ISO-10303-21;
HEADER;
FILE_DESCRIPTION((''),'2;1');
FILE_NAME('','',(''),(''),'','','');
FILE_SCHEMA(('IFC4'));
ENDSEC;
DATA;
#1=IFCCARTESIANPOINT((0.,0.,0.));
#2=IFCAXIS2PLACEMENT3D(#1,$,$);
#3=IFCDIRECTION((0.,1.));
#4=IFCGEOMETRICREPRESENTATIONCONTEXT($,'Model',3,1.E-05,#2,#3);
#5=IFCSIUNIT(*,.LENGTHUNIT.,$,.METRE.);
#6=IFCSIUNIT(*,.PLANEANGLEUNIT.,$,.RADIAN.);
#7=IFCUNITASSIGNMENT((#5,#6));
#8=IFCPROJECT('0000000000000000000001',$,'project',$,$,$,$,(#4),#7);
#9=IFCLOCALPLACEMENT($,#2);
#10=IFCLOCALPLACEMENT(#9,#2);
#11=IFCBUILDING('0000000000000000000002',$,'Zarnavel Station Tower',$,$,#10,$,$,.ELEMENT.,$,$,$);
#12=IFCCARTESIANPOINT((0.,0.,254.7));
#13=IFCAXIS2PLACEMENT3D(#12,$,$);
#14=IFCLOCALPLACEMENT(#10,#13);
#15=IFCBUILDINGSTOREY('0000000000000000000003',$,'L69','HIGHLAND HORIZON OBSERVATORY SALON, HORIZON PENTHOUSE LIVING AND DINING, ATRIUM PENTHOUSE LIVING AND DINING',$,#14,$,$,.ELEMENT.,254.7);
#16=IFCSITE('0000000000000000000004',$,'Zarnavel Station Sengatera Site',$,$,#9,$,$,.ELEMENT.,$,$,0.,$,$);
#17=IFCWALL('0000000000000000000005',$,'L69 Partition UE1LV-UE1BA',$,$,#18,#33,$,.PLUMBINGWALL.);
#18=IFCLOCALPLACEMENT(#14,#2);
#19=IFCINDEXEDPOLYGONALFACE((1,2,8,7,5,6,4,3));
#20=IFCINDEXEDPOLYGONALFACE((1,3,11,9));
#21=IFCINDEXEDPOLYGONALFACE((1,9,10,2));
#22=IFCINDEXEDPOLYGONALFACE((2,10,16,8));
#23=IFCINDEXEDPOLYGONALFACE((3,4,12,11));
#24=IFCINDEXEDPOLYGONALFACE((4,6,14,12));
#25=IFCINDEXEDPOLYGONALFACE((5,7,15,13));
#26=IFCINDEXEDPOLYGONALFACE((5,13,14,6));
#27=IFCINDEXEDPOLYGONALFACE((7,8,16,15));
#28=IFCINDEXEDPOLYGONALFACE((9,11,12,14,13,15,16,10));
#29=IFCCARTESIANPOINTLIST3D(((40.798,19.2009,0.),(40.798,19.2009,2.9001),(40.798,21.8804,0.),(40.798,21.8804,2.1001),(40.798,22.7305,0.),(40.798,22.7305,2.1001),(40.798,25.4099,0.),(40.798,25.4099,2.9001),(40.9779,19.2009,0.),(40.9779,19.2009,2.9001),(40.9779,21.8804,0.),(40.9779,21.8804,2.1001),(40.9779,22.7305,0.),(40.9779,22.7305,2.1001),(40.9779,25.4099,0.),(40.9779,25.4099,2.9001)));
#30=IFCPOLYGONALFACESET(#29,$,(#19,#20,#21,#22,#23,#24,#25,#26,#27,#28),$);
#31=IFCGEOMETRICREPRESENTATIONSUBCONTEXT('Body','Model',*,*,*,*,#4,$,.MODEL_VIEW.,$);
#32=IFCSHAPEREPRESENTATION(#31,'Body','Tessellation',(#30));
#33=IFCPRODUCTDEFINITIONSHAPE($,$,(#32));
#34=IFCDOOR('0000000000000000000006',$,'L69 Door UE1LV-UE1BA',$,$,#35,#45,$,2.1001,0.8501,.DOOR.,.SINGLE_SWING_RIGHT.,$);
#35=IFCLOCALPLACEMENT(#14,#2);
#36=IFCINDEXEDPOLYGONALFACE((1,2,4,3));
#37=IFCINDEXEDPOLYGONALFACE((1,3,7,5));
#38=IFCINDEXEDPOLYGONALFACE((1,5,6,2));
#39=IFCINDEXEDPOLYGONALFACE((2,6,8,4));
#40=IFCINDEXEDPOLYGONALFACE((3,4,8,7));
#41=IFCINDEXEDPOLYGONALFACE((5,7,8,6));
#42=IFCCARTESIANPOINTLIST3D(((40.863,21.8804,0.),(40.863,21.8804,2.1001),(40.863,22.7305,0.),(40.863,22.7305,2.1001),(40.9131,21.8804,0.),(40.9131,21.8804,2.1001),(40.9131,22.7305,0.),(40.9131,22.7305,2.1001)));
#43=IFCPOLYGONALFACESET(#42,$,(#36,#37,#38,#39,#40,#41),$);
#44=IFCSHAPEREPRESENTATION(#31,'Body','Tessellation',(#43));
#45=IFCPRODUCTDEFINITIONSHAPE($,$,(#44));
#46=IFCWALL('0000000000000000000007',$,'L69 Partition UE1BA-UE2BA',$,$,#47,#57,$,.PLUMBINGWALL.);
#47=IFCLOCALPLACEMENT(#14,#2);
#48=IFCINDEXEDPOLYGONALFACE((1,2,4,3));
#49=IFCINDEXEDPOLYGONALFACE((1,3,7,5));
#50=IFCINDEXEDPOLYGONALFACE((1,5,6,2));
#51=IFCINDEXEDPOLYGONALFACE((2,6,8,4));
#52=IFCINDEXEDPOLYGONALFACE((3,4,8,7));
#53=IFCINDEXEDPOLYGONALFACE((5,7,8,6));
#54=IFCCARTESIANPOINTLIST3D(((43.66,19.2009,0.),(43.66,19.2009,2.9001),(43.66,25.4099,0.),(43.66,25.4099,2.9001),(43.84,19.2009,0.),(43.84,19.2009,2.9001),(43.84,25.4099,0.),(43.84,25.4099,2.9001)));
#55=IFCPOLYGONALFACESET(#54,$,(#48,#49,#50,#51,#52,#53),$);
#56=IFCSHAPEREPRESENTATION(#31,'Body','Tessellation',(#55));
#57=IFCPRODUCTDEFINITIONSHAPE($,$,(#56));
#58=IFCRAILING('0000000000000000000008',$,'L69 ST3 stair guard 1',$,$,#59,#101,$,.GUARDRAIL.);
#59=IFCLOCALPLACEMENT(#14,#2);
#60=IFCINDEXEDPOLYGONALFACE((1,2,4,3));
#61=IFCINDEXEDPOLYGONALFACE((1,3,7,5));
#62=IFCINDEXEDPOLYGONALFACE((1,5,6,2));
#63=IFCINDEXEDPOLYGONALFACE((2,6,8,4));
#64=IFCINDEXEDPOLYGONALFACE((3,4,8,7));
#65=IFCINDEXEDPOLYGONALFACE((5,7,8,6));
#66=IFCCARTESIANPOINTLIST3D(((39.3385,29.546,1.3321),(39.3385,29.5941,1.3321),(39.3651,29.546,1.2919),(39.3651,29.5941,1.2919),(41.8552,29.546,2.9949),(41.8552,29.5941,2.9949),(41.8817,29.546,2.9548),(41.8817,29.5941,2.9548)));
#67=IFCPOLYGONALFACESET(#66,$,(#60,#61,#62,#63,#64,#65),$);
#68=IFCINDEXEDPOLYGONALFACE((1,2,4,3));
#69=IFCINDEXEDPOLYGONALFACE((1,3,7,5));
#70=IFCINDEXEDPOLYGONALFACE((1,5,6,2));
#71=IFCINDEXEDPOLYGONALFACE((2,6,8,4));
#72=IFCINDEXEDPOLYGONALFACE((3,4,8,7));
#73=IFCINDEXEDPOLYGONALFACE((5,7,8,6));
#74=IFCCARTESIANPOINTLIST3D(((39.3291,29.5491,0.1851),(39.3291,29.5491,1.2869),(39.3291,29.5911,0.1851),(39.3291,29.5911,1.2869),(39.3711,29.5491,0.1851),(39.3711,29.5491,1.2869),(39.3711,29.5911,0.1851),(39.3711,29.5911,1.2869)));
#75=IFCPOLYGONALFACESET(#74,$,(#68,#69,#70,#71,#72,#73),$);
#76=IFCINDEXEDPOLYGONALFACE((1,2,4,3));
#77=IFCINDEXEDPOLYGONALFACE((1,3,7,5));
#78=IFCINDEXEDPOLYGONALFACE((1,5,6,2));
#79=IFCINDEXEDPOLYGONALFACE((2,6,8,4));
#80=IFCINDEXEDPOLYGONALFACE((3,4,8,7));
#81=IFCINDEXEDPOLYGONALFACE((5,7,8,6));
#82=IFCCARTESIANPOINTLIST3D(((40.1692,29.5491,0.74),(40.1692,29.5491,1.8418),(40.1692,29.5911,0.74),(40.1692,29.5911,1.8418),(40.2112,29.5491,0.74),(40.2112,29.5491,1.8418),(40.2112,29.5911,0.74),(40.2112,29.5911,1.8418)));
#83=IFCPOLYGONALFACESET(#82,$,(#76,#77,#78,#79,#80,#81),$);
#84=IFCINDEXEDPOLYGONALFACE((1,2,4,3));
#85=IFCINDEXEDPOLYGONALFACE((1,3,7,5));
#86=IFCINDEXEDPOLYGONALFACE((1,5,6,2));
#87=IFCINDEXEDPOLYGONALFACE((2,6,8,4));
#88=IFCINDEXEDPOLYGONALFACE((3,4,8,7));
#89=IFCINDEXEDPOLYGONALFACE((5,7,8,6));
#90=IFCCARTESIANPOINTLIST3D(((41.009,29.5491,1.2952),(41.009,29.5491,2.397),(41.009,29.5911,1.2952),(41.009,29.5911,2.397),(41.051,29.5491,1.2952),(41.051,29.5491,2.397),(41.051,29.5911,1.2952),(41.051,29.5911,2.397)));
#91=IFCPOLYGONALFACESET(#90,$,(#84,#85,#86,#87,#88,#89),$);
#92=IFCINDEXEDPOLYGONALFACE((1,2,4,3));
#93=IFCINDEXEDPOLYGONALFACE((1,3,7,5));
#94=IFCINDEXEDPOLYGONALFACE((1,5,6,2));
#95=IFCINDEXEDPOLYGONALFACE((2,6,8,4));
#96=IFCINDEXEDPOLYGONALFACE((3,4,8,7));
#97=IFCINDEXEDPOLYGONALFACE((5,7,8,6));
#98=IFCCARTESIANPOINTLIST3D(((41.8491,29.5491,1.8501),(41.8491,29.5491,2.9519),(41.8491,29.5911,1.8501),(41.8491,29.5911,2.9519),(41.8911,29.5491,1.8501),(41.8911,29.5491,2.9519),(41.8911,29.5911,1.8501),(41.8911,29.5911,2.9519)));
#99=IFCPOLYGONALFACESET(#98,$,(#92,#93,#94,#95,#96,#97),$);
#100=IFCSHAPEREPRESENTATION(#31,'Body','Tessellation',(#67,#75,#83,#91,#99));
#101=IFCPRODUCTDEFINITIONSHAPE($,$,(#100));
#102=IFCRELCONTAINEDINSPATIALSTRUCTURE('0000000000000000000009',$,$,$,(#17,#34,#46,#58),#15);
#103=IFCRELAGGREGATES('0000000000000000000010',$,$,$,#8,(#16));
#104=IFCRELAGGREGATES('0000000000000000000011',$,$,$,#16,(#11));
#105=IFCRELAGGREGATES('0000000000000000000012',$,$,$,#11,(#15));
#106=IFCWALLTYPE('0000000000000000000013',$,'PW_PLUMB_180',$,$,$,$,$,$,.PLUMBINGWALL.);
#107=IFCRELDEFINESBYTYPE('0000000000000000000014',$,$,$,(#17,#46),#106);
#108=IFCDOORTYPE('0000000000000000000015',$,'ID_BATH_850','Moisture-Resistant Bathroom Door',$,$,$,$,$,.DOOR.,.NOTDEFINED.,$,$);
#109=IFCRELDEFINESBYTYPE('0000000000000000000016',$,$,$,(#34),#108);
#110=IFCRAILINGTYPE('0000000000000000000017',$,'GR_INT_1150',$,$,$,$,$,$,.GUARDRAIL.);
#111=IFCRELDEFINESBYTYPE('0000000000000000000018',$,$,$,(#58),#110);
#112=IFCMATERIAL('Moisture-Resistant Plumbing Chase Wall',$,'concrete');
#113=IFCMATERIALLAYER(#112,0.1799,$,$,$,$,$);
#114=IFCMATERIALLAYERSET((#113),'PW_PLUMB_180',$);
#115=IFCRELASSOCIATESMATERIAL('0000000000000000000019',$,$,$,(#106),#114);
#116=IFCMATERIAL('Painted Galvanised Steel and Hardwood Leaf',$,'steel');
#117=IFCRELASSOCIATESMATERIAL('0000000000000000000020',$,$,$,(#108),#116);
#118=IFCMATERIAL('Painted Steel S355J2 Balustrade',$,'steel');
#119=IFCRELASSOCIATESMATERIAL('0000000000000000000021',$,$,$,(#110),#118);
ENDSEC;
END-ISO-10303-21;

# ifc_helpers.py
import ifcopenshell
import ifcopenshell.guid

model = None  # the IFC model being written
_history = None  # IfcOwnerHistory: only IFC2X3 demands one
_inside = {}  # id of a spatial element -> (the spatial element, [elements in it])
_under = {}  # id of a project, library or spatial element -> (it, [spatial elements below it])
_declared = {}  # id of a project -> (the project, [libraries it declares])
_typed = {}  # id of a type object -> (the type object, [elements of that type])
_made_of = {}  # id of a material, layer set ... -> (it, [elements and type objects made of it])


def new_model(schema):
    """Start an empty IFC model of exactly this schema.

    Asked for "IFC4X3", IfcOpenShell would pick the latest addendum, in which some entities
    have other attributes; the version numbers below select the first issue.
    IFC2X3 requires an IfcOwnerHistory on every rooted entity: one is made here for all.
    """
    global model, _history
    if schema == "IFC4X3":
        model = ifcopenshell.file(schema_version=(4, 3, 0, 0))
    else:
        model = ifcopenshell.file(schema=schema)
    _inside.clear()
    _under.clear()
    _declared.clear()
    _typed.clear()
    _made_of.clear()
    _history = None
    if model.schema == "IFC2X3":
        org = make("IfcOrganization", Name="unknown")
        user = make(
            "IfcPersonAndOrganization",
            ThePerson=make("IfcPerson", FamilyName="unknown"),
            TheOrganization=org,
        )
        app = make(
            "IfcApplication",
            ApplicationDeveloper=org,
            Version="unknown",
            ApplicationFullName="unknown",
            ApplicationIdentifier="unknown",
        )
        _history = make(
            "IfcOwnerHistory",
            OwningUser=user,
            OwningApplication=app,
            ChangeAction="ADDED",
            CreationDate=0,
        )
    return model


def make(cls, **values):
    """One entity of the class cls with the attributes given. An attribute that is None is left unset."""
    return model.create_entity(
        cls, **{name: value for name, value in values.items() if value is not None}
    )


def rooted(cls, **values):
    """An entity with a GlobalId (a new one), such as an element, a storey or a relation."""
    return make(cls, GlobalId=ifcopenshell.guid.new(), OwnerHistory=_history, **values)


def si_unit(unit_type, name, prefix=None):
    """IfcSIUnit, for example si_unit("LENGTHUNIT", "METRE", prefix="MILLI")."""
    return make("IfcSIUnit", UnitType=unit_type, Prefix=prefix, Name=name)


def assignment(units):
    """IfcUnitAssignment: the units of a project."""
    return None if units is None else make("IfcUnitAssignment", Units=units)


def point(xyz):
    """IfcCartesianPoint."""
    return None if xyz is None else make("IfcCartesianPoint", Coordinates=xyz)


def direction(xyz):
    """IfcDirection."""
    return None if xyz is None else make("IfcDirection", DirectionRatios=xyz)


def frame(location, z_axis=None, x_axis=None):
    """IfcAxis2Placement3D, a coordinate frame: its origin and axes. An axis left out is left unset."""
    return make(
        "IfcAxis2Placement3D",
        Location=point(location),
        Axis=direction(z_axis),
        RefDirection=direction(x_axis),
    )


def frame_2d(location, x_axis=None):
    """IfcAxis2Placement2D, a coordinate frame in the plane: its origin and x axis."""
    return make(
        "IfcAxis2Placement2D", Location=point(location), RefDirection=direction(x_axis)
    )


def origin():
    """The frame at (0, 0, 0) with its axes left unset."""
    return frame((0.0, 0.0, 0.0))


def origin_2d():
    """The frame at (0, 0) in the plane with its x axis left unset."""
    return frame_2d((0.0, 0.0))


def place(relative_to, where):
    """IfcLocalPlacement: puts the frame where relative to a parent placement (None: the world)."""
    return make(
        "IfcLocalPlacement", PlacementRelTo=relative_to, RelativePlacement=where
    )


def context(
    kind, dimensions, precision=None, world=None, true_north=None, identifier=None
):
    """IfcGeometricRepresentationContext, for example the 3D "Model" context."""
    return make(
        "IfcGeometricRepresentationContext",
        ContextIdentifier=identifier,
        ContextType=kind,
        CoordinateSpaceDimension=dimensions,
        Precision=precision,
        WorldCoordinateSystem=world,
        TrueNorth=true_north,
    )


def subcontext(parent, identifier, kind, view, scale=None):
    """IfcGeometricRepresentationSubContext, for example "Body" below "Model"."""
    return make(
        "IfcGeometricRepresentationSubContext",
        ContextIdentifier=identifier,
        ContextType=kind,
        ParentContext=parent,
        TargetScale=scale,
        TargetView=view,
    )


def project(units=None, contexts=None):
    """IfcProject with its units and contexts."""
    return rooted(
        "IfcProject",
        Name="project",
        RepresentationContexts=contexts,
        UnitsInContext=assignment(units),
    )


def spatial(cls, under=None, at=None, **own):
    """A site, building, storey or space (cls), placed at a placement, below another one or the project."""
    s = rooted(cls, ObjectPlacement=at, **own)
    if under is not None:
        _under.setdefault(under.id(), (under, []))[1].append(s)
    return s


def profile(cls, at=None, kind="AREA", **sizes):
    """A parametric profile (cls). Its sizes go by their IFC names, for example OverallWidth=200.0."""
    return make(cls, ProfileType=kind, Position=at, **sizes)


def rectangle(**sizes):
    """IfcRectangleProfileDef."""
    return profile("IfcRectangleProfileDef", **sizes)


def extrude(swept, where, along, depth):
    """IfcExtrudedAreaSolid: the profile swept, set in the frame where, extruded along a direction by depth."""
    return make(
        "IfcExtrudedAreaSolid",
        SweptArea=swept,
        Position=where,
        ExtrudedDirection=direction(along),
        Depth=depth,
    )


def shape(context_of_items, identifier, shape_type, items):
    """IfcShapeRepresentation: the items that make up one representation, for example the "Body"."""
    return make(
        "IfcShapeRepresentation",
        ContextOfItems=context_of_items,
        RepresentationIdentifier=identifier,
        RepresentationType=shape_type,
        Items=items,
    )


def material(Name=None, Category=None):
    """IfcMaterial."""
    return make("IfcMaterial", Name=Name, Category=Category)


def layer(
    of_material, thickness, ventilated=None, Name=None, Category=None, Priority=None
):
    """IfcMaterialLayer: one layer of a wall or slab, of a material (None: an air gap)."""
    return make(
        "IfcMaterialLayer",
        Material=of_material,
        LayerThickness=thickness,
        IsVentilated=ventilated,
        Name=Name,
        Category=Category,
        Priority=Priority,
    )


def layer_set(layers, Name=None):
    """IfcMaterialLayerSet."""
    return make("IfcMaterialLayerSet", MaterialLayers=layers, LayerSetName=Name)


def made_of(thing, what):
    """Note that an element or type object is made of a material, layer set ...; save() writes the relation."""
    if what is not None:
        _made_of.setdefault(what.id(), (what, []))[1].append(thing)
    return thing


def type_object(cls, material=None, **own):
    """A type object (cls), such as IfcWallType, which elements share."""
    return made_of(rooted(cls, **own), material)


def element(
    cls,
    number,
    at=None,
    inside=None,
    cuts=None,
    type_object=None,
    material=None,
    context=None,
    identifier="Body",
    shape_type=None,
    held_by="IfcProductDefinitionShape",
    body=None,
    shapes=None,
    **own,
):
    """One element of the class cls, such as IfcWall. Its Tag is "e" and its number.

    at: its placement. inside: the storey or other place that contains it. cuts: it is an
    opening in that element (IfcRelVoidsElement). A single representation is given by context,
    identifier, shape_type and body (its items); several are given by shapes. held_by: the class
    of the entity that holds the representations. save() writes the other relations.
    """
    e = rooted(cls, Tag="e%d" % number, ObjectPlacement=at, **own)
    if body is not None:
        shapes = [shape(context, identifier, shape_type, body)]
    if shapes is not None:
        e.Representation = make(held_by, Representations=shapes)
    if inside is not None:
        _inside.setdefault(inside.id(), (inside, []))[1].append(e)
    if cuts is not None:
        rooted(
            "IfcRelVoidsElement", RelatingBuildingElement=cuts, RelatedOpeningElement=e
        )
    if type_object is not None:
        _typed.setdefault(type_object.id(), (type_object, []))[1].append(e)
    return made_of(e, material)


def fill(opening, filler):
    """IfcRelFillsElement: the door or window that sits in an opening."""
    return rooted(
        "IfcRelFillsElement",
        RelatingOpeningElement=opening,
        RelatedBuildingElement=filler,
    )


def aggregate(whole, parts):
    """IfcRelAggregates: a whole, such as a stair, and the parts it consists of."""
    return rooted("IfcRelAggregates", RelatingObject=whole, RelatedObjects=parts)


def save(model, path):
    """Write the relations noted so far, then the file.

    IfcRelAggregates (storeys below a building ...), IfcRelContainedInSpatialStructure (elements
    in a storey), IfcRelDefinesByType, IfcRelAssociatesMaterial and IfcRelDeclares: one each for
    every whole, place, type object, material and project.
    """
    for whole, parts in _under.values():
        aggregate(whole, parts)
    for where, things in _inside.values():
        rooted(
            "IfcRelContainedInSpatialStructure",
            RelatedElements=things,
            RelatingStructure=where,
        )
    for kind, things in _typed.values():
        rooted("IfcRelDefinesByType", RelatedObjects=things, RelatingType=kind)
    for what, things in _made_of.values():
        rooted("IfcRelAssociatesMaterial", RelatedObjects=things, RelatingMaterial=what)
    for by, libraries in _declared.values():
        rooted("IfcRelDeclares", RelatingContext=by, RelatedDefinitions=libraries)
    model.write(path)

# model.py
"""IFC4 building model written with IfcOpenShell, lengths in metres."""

from ifc_helpers import new_model, si_unit, direction, frame, frame_2d, origin, origin_2d, place, context, subcontext, project, spatial, rectangle, extrude, material, layer, layer_set, type_object, element, fill, save


model = new_model("IFC4")

# Units and contexts
model_context = context("Model", 3, precision=1e-05, world=origin(), true_north=direction((0.0, 1.0)))
body_context = subcontext(model_context, "Body", "Model", "MODEL_VIEW")
ifc_project = project(units=[si_unit("LENGTHUNIT", "METRE"), si_unit("PLANEANGLEUNIT", "RADIAN")], contexts=[model_context])

# Site, building, storey
site_placement = place(None, origin())
site = spatial("IfcSite", under=ifc_project, at=site_placement, Name="Zarnavel Station Sengatera Site", CompositionType="ELEMENT", RefElevation=0.0)
building_placement = place(site_placement, origin())
building = spatial("IfcBuilding", under=site, at=building_placement, Name="Zarnavel Station Tower", CompositionType="ELEMENT")
storey_placement = place(building_placement, frame((0.0, 0.0, 254.7)))
storey = spatial("IfcBuildingStorey", under=building, at=storey_placement, Name="L69", Description="HIGHLAND HORIZON OBSERVATORY SALON, HORIZON PENTHOUSE LIVING AND DINING, ATRIUM PENTHOUSE LIVING AND DINING", CompositionType="ELEMENT", Elevation=254.7)

# Shared definitions
ifc_material_1 = material(Name="Moisture-Resistant Plumbing Chase Wall", Category="concrete")
ifc_layer_1 = layer(ifc_material_1, 0.1799)
ifc_layer_set_1 = layer_set([ifc_layer_1], Name="PW_PLUMB_180")
wall_type_1 = type_object("IfcWallType", Name="PW_PLUMB_180", PredefinedType="PLUMBINGWALL", material=ifc_layer_set_1)

# Wall, opening, door
wall_1_placement = place(storey_placement, frame((40.8879, 19.2009, 0.0), z_axis=(0.0, 0.0, 1.0), x_axis=(0.0, 1.0, 0.0)))
wall_1 = element("IfcWall", 1, at=wall_1_placement, inside=storey, type_object=wall_type_1, Name="L69 Partition UE1LV-UE1BA", PredefinedType="PLUMBINGWALL", context=body_context, shape_type="SweptSolid", body=[
    extrude(rectangle(XDim=6.209, YDim=0.1799, at=frame_2d((3.1045, 0.0))), origin(), (0.0, 0.0, 1.0), 2.9001),
])
opening_1_placement = place(wall_1_placement, frame((2.6794, 0.0, 0.0)))
opening_1 = element("IfcOpeningElement", 2, at=opening_1_placement, cuts=wall_1, PredefinedType="OPENING", context=body_context, shape_type="SweptSolid", body=[
    extrude(rectangle(XDim=0.8501, YDim=2.1001, at=frame_2d((0.425, 1.05))), frame((0.0, 0.0999, 0.0), z_axis=(0.0, -1.0, 0.0), x_axis=(1.0, 0.0, 0.0)), (0.0, 0.0, 1.0), 0.2),
])
ifc_material_2 = material(Name="Painted Galvanised Steel and Hardwood Leaf", Category="steel")
door_type_1 = type_object("IfcDoorType", Name="ID_BATH_850", Description="Moisture-Resistant Bathroom Door", OperationType="NOTDEFINED", PredefinedType="DOOR", material=ifc_material_2)
door_1_placement = place(opening_1_placement, origin())
door_1 = element("IfcDoor", 3, at=door_1_placement, inside=storey, type_object=door_type_1, Name="L69 Door UE1LV-UE1BA", OperationType="SINGLE_SWING_RIGHT", OverallHeight=2.1001, OverallWidth=0.8501, PredefinedType="DOOR", context=body_context, shape_type="SweptSolid", body=[
    extrude(rectangle(XDim=0.8501, YDim=2.1001, at=frame_2d((0.425, 1.05))), frame((0.0, 0.0249, 0.0), z_axis=(0.0, -1.0, 0.0), x_axis=(1.0, 0.0, 0.0)), (0.0, 0.0, 1.0), 0.05),
])
fill(opening_1, door_1)

# Wall
wall_2_placement = place(storey_placement, frame((43.75, 19.2009, 0.0), z_axis=(0.0, 0.0, 1.0), x_axis=(0.0, 1.0, 0.0)))
element("IfcWall", 4, at=wall_2_placement, inside=storey, type_object=wall_type_1, Name="L69 Partition UE1BA-UE2BA", PredefinedType="PLUMBINGWALL", context=body_context, shape_type="SweptSolid", body=[
    extrude(rectangle(XDim=6.209, YDim=0.1799, at=frame_2d((3.1045, 0.0))), origin(), (0.0, 0.0, 1.0), 2.9001),
])

# Railing
ifc_material_3 = material(Name="Painted Steel S355J2 Balustrade", Category="steel")
railing_type = type_object("IfcRailingType", Name="GR_INT_1150", PredefinedType="GUARDRAIL", material=ifc_material_3)
railing_placement = place(storey_placement, frame((39.3501, 29.5701, 0.1851)))
element("IfcRailing", 5, at=railing_placement, inside=storey, type_object=railing_type, Name="L69 ST3 stair guard 1", PredefinedType="GUARDRAIL", context=body_context, shape_type="SweptSolid", body=[
    extrude(rectangle(XDim=0.0481, YDim=0.0481, at=origin_2d()), frame((0.0017, 0.0, 1.127), z_axis=(0.834331, 0.0, 0.551263), x_axis=(0.0, 1.0, 0.0)), (0.0, 0.0, 1.0), 3.0164),
    extrude(rectangle(XDim=0.042, YDim=0.042, at=origin_2d()), origin(), (0.0, 0.0, 1.0), 1.1018),
    extrude(rectangle(XDim=0.042, YDim=0.042, at=origin_2d()), frame((0.8401, 0.0, 0.5549)), (0.0, 0.0, 1.0), 1.1018),
    extrude(rectangle(XDim=0.042, YDim=0.042, at=origin_2d()), frame((1.6799, 0.0, 1.1101)), (0.0, 0.0, 1.0), 1.1018),
    extrude(rectangle(XDim=0.042, YDim=0.042, at=origin_2d()), frame((2.52, 0.0, 1.665)), (0.0, 0.0, 1.0), 1.1018),
])

save(model, "model.ifc")
